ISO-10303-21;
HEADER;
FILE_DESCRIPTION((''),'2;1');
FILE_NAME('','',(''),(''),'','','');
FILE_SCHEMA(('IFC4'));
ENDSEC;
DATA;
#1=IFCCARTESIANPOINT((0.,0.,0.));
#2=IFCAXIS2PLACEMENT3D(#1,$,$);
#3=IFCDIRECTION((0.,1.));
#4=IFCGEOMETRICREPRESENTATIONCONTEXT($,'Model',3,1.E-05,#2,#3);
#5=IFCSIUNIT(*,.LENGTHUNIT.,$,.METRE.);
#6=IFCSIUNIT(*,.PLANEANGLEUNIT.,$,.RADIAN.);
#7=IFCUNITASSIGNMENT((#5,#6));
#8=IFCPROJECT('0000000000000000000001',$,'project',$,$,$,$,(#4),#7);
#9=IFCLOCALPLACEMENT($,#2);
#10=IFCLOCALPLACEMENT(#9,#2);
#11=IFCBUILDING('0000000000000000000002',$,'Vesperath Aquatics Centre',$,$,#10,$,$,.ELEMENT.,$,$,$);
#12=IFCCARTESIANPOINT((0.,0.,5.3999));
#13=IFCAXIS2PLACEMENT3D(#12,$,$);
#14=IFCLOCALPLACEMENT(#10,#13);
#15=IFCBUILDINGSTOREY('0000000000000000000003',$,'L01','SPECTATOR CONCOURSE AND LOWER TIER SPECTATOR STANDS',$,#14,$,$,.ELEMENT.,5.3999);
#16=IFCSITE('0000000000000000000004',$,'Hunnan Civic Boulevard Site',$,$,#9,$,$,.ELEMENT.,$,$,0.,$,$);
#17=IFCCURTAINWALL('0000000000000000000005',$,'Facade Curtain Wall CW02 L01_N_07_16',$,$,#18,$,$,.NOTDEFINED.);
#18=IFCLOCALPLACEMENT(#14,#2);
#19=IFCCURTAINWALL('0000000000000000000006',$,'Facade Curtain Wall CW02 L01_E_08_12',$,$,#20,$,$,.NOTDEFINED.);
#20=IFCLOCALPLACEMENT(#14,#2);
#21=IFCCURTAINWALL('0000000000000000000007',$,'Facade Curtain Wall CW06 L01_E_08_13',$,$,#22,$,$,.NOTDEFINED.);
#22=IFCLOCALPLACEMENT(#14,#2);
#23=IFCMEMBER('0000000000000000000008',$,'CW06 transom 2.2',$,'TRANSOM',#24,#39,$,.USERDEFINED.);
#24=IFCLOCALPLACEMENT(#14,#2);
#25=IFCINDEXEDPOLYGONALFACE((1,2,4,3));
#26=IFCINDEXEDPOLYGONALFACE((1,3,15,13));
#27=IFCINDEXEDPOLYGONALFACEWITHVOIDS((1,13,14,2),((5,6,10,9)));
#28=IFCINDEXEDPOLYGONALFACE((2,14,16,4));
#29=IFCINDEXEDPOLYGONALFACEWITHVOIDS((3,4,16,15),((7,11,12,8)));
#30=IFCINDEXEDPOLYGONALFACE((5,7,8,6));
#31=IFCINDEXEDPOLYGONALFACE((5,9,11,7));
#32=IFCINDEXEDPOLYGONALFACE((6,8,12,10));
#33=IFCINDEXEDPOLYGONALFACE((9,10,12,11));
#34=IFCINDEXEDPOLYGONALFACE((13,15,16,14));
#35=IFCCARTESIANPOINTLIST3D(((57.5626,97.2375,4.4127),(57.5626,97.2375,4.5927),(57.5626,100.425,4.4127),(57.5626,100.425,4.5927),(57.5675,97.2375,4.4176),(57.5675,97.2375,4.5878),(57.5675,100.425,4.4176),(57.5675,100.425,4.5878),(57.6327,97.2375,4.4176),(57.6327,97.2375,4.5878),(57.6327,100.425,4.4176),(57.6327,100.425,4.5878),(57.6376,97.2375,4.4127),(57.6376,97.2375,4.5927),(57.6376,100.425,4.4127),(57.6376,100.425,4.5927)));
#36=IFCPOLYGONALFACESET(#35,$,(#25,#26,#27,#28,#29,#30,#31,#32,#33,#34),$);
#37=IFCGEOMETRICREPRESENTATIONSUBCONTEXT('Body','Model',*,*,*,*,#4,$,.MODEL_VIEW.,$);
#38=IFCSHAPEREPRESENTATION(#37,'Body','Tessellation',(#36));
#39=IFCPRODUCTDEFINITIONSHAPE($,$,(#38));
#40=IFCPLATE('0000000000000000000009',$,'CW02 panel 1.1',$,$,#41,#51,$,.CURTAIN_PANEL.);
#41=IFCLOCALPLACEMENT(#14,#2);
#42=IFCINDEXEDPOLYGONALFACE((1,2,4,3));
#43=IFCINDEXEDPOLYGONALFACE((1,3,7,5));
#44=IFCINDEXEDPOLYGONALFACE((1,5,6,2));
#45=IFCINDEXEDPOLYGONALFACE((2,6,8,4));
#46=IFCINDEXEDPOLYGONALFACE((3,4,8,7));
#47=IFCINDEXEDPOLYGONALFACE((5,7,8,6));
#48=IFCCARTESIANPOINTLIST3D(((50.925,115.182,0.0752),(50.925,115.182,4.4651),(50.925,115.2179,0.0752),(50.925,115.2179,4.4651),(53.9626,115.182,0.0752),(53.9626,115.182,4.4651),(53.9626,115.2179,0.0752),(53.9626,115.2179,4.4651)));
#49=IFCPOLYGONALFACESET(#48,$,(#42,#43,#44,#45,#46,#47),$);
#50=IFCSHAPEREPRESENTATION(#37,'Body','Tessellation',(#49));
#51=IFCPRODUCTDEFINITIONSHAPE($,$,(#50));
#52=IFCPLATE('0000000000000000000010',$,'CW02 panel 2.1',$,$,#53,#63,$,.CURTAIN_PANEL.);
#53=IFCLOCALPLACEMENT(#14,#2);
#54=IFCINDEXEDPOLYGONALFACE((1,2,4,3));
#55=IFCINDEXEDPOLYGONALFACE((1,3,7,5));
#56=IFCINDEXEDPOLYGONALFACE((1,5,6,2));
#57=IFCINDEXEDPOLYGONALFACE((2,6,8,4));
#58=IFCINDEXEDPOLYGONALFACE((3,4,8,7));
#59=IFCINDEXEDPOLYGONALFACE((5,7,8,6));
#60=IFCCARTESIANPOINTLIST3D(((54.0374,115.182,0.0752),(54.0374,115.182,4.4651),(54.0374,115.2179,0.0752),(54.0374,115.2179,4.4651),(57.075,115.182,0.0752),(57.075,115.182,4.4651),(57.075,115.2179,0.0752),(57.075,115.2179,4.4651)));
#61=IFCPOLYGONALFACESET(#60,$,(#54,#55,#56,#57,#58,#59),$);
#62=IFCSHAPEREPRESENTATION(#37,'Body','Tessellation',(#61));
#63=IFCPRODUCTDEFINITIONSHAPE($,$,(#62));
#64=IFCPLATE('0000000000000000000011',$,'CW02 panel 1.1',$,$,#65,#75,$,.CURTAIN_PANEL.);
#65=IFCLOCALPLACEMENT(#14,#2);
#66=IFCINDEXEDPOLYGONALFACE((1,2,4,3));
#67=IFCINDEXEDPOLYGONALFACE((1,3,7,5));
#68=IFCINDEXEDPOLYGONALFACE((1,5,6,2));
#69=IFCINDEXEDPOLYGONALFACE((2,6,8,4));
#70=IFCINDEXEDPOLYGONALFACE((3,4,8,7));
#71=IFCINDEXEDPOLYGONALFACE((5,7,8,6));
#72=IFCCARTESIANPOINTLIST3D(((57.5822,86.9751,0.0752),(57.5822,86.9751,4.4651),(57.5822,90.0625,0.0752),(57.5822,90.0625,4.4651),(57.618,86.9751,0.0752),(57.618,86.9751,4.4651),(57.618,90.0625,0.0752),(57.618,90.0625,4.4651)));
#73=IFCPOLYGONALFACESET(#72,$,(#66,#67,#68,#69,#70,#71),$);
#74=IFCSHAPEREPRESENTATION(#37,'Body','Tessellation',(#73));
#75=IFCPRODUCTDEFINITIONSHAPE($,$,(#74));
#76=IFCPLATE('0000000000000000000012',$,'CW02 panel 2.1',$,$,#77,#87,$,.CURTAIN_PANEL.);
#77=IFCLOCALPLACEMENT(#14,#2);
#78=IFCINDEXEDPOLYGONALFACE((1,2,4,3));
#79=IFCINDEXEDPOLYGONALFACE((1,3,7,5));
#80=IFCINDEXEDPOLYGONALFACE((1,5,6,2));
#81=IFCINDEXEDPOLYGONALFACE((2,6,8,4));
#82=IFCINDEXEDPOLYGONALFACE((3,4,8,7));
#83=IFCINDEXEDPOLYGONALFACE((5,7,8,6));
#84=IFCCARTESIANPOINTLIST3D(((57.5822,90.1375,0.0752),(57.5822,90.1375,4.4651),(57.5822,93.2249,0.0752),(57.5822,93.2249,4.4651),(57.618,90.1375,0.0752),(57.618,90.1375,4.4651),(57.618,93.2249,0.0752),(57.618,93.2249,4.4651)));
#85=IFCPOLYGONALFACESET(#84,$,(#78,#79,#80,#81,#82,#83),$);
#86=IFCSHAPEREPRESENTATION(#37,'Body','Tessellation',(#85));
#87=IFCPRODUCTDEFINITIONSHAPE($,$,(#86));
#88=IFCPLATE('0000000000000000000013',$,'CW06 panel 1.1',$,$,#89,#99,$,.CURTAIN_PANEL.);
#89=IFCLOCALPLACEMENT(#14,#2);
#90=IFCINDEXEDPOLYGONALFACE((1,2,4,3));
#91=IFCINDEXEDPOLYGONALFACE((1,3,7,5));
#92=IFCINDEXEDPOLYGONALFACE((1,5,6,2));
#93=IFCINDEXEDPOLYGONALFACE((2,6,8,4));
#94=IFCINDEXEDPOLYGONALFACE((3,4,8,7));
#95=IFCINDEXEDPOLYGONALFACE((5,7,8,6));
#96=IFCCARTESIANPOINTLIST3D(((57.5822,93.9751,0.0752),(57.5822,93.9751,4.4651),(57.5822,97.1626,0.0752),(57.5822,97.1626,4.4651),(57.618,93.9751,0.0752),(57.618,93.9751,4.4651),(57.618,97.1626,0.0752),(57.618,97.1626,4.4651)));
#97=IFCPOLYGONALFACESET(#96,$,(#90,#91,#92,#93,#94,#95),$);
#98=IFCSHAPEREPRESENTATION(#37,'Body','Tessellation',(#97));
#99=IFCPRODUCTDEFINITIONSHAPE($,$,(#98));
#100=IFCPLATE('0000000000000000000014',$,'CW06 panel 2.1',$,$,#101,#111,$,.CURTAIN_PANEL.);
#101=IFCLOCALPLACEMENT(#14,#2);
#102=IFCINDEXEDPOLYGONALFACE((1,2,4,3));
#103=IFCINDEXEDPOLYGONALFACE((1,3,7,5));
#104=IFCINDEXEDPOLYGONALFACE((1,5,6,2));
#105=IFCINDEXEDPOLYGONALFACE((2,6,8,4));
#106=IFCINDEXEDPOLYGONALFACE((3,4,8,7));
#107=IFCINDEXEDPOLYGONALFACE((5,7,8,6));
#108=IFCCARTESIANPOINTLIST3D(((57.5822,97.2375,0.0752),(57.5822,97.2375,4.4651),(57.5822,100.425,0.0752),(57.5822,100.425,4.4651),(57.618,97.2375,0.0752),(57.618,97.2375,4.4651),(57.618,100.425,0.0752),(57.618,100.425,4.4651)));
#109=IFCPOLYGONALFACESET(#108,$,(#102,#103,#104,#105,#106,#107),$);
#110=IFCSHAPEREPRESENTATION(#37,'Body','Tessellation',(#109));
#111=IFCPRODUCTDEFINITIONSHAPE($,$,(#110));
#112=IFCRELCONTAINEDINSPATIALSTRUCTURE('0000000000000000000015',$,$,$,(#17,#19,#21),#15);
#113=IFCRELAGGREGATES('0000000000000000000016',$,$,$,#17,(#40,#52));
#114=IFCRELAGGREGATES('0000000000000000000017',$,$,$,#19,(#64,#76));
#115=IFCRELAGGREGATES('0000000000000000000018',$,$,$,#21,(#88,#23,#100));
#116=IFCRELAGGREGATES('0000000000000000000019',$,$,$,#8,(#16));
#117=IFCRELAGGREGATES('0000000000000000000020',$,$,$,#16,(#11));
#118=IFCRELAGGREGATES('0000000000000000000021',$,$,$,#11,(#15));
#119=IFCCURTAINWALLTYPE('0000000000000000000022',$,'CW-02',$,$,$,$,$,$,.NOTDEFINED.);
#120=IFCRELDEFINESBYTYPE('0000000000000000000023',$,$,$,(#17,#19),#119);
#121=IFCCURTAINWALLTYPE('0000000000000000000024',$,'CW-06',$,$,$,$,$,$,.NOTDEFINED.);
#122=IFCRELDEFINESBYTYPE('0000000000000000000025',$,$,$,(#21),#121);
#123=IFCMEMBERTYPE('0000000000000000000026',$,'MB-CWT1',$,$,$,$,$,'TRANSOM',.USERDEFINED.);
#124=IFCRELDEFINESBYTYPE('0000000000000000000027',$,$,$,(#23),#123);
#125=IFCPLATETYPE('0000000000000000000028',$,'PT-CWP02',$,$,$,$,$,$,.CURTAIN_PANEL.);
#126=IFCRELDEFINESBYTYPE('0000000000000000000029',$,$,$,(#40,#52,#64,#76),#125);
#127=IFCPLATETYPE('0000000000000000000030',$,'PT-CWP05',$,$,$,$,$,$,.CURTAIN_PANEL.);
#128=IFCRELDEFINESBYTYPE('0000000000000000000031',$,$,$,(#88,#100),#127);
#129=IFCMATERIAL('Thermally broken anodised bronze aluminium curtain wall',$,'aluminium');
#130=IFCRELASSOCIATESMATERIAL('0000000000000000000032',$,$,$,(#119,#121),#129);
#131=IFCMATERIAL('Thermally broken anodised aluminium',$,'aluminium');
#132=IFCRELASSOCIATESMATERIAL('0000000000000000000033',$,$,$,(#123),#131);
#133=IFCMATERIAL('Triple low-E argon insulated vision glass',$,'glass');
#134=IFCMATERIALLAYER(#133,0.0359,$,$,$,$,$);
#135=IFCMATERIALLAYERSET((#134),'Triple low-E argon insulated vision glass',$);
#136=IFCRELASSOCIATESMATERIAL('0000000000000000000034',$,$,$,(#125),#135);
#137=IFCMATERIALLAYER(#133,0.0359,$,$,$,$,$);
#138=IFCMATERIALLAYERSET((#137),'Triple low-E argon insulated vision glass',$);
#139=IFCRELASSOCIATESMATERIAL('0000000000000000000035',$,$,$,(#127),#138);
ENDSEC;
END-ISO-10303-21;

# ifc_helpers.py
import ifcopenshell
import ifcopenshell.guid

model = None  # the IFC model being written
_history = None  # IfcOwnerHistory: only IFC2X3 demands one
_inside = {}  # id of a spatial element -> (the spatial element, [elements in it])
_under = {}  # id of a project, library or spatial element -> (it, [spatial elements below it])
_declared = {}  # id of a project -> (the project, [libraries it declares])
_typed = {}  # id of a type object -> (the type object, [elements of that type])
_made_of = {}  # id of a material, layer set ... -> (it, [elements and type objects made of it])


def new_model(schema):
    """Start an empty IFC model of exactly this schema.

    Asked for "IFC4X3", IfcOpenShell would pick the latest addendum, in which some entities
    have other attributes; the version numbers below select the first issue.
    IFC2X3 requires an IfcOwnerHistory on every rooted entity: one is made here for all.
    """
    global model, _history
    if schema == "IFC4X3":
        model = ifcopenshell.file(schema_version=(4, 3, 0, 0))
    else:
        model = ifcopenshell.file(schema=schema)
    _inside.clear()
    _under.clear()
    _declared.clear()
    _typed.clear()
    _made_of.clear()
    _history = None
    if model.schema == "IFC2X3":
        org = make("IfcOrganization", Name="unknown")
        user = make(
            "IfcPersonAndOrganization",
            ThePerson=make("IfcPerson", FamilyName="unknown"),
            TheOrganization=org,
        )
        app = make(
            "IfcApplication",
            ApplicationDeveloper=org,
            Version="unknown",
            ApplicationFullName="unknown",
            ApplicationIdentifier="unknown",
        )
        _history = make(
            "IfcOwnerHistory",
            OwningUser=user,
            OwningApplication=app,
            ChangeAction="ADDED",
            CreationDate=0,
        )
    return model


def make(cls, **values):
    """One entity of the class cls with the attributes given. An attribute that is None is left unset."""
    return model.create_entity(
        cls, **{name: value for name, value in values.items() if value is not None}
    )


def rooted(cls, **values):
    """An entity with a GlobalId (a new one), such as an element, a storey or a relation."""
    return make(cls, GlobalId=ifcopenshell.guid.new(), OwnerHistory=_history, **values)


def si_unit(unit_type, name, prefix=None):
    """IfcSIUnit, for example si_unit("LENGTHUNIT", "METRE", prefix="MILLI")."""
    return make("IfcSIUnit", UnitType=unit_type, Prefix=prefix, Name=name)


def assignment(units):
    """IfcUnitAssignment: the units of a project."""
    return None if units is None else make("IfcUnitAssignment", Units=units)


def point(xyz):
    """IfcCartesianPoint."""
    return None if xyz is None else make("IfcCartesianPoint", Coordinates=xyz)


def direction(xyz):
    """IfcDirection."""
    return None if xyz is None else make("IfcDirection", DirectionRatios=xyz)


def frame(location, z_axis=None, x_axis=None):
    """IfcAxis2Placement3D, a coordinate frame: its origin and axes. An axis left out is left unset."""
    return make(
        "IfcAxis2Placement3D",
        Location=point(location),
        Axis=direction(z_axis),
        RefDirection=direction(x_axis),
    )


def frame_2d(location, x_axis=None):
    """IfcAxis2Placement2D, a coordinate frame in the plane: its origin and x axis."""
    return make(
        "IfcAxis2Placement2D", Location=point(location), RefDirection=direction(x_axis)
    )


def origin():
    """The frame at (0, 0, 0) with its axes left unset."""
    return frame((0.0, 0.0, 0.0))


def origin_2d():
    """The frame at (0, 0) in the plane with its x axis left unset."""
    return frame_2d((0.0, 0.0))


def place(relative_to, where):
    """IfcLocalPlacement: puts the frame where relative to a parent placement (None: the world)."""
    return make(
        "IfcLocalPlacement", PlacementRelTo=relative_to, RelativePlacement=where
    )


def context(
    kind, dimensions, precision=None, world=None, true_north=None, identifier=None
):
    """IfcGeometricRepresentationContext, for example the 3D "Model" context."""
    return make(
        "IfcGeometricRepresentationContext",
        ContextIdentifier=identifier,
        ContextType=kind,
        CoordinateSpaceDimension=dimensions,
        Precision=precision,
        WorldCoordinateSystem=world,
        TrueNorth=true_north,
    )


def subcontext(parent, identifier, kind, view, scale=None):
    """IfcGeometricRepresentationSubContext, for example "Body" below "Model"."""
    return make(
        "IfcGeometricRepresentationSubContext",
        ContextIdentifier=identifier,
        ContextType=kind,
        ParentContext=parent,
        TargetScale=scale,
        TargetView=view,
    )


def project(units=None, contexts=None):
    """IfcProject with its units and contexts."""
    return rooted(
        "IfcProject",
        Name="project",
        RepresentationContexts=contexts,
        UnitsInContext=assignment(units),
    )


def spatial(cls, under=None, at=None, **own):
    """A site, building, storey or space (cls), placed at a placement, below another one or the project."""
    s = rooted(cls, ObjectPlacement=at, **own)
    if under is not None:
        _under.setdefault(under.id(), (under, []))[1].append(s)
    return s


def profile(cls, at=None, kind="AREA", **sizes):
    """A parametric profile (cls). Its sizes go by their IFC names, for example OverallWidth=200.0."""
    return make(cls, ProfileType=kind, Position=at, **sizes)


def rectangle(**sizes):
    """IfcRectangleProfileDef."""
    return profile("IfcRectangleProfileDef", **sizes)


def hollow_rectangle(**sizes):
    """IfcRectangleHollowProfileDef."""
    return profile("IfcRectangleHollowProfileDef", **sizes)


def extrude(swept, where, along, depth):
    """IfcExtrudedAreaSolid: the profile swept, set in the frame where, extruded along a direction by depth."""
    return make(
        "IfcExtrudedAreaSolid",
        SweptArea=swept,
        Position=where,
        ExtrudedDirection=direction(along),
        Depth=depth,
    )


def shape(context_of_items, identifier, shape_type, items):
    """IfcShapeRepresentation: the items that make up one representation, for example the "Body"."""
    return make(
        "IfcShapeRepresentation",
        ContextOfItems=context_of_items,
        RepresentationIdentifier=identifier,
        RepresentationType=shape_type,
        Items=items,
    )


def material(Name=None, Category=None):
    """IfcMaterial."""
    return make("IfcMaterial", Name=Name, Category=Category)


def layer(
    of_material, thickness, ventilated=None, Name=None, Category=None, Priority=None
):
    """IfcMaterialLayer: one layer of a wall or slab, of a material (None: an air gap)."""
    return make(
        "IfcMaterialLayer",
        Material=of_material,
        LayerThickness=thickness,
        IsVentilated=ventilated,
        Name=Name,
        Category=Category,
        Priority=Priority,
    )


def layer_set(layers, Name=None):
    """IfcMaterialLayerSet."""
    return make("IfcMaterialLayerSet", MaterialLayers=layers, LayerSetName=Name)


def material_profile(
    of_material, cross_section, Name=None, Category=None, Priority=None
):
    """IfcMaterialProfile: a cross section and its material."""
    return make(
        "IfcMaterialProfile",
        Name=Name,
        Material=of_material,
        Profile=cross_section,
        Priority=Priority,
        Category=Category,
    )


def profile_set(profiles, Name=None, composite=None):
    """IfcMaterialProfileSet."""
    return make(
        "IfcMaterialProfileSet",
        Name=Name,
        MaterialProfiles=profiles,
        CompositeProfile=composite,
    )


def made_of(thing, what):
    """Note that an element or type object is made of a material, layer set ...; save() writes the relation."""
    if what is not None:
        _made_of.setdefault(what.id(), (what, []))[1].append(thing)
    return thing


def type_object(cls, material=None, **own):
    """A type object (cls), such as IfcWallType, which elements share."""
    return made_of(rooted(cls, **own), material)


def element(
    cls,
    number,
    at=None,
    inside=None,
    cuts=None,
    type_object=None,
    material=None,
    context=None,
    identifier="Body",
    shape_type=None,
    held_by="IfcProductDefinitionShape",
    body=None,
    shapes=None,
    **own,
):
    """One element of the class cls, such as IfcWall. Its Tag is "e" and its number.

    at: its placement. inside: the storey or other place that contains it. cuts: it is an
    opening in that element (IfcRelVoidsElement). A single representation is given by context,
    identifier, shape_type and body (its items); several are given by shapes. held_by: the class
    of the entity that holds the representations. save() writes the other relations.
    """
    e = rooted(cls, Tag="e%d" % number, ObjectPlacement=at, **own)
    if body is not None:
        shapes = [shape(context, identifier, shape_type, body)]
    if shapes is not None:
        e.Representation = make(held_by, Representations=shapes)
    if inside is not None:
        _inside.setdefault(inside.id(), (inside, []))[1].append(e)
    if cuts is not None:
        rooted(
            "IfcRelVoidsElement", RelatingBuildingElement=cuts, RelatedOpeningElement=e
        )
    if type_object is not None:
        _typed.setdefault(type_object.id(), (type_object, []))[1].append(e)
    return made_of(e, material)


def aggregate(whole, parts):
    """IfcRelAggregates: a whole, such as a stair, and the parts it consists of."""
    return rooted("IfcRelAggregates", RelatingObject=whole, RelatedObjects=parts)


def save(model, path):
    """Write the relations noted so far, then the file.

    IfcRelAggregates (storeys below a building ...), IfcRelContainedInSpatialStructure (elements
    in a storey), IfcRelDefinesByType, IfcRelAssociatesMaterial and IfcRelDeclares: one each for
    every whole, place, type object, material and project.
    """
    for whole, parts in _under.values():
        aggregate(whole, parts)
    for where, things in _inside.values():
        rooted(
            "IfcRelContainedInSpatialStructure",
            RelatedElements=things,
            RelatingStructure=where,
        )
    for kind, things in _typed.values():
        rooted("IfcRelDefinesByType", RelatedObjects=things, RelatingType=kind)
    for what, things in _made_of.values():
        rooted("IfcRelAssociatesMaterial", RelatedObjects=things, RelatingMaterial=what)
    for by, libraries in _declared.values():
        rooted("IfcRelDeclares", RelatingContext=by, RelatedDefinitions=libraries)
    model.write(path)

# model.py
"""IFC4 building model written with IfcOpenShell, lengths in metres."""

from ifc_helpers import new_model, si_unit, direction, frame, origin, origin_2d, place, context, subcontext, project, spatial, rectangle, hollow_rectangle, extrude, material, layer, layer_set, material_profile, profile_set, type_object, element, aggregate, save


model = new_model("IFC4")

# Units and contexts
model_context = context("Model", 3, precision=1e-05, world=origin(), true_north=direction((0.0, 1.0)))
body_context = subcontext(model_context, "Body", "Model", "MODEL_VIEW")
ifc_project = project(units=[si_unit("LENGTHUNIT", "METRE"), si_unit("PLANEANGLEUNIT", "RADIAN")], contexts=[model_context])

# Site, building, storey
site_placement = place(None, origin())
site = spatial("IfcSite", under=ifc_project, at=site_placement, Name="Hunnan Civic Boulevard Site", CompositionType="ELEMENT", RefElevation=0.0)
building_placement = place(site_placement, origin())
building = spatial("IfcBuilding", under=site, at=building_placement, Name="Vesperath Aquatics Centre", CompositionType="ELEMENT")
storey_placement = place(building_placement, frame((0.0, 0.0, 5.3999)))
storey = spatial("IfcBuildingStorey", under=building, at=storey_placement, Name="L01", Description="SPECTATOR CONCOURSE AND LOWER TIER SPECTATOR STANDS", CompositionType="ELEMENT", Elevation=5.3999)

# Shared definitions
ifc_material_1 = material(Name="Thermally broken anodised bronze aluminium curtain wall", Category="aluminium")
curtain_wall_type_1 = type_object("IfcCurtainWallType", Name="CW-02", PredefinedType="NOTDEFINED", material=ifc_material_1)
ifc_material_2 = material(Name="Thermally broken anodised aluminium", Category="aluminium")

# Curtain walls
curtain_wall_1_placement = place(storey_placement, origin())
curtain_wall_1 = element("IfcCurtainWall", 1, at=curtain_wall_1_placement, inside=storey, type_object=curtain_wall_type_1, Name="Facade Curtain Wall CW02 L01_N_07_16", PredefinedType="NOTDEFINED")
curtain_wall_2_placement = place(storey_placement, origin())
curtain_wall_2 = element("IfcCurtainWall", 2, at=curtain_wall_2_placement, inside=storey, type_object=curtain_wall_type_1, Name="Facade Curtain Wall CW02 L01_E_08_12", PredefinedType="NOTDEFINED")
curtain_wall_type_2 = type_object("IfcCurtainWallType", Name="CW-06", PredefinedType="NOTDEFINED", material=ifc_material_1)
curtain_wall_3_placement = place(storey_placement, origin())
curtain_wall_3 = element("IfcCurtainWall", 3, at=curtain_wall_3_placement, inside=storey, type_object=curtain_wall_type_2, Name="Facade Curtain Wall CW06 L01_E_08_13", PredefinedType="NOTDEFINED")

# Member
ifc_material_profile_1 = material_profile(ifc_material_2, hollow_rectangle(XDim=0.075, YDim=0.1799, WallThickness=0.0049, at=origin_2d()), Name="CWT 75x180x5")
ifc_profile_set_1 = profile_set([ifc_material_profile_1], Name="Thermally broken anodised aluminium")
member_type_1 = type_object("IfcMemberType", Name="MB-CWT1", ElementType="TRANSOM", PredefinedType="USERDEFINED", material=ifc_profile_set_1)
member_1_placement = place(storey_placement, frame((57.6001, 97.2375, 4.5027), z_axis=(0.0, 1.0, 0.0), x_axis=(-1.0, 0.0, 0.0)))
member_1 = element("IfcMember", 4, at=member_1_placement, type_object=member_type_1, Name="CW06 transom 2.2", ObjectType="TRANSOM", PredefinedType="USERDEFINED", context=body_context, shape_type="SweptSolid", body=[
    extrude(hollow_rectangle(XDim=0.075, YDim=0.1799, WallThickness=0.0049, at=origin_2d()), origin(), (0.0, 0.0, 1.0), 3.1875),
])

# Plates
ifc_material_3 = material(Name="Triple low-E argon insulated vision glass", Category="glass")
ifc_layer_1 = layer(ifc_material_3, 0.0359)
ifc_layer_set_1 = layer_set([ifc_layer_1], Name="Triple low-E argon insulated vision glass")
plate_type_1 = type_object("IfcPlateType", Name="PT-CWP02", PredefinedType="CURTAIN_PANEL", material=ifc_layer_set_1)
plate_1_placement = place(storey_placement, frame((52.4438, 115.2, 0.0752), z_axis=(0.0, 0.0, 1.0), x_axis=(1.0, 0.0, 0.0)))
plate_1 = element("IfcPlate", 5, at=plate_1_placement, type_object=plate_type_1, Name="CW02 panel 1.1", PredefinedType="CURTAIN_PANEL", context=body_context, shape_type="SweptSolid", body=[
    extrude(rectangle(XDim=3.0376, YDim=0.0359, at=origin_2d()), origin(), (0.0, 0.0, 1.0), 4.3899),
])
plate_2_placement = place(storey_placement, frame((55.5562, 115.2, 0.0752), z_axis=(0.0, 0.0, 1.0), x_axis=(1.0, 0.0, 0.0)))
plate_2 = element("IfcPlate", 6, at=plate_2_placement, type_object=plate_type_1, Name="CW02 panel 2.1", PredefinedType="CURTAIN_PANEL", context=body_context, shape_type="SweptSolid", body=[
    extrude(rectangle(XDim=3.0376, YDim=0.0359, at=origin_2d()), origin(), (0.0, 0.0, 1.0), 4.3899),
])
aggregate(curtain_wall_1, [plate_1, plate_2])
plate_3_placement = place(storey_placement, frame((57.6001, 88.5188, 0.0752), z_axis=(0.0, 0.0, 1.0), x_axis=(0.0, 1.0, 0.0)))
plate_3 = element("IfcPlate", 7, at=plate_3_placement, type_object=plate_type_1, Name="CW02 panel 1.1", PredefinedType="CURTAIN_PANEL", context=body_context, shape_type="SweptSolid", body=[
    extrude(rectangle(XDim=3.0874, YDim=0.0359, at=origin_2d()), origin(), (0.0, 0.0, 1.0), 4.3899),
])
plate_4_placement = place(storey_placement, frame((57.6001, 91.6812, 0.0752), z_axis=(0.0, 0.0, 1.0), x_axis=(0.0, 1.0, 0.0)))
plate_4 = element("IfcPlate", 8, at=plate_4_placement, type_object=plate_type_1, Name="CW02 panel 2.1", PredefinedType="CURTAIN_PANEL", context=body_context, shape_type="SweptSolid", body=[
    extrude(rectangle(XDim=3.0874, YDim=0.0359, at=origin_2d()), origin(), (0.0, 0.0, 1.0), 4.3899),
])
aggregate(curtain_wall_2, [plate_3, plate_4])
ifc_layer_2 = layer(ifc_material_3, 0.0359)
ifc_layer_set_2 = layer_set([ifc_layer_2], Name="Triple low-E argon insulated vision glass")
plate_type_2 = type_object("IfcPlateType", Name="PT-CWP05", PredefinedType="CURTAIN_PANEL", material=ifc_layer_set_2)
plate_5_placement = place(storey_placement, frame((57.6001, 95.5688, 0.0752), z_axis=(0.0, 0.0, 1.0), x_axis=(0.0, 1.0, 0.0)))
plate_5 = element("IfcPlate", 9, at=plate_5_placement, type_object=plate_type_2, Name="CW06 panel 1.1", PredefinedType="CURTAIN_PANEL", context=body_context, shape_type="SweptSolid", body=[
    extrude(rectangle(XDim=3.1875, YDim=0.0359, at=origin_2d()), origin(), (0.0, 0.0, 1.0), 4.3899),
])
plate_6_placement = place(storey_placement, frame((57.6001, 98.8313, 0.0752), z_axis=(0.0, 0.0, 1.0), x_axis=(0.0, 1.0, 0.0)))
plate_6 = element("IfcPlate", 10, at=plate_6_placement, type_object=plate_type_2, Name="CW06 panel 2.1", PredefinedType="CURTAIN_PANEL", context=body_context, shape_type="SweptSolid", body=[
    extrude(rectangle(XDim=3.1875, YDim=0.0359, at=origin_2d()), origin(), (0.0, 0.0, 1.0), 4.3899),
])
aggregate(curtain_wall_3, [plate_5, member_1, plate_6])

save(model, "model.ifc")
